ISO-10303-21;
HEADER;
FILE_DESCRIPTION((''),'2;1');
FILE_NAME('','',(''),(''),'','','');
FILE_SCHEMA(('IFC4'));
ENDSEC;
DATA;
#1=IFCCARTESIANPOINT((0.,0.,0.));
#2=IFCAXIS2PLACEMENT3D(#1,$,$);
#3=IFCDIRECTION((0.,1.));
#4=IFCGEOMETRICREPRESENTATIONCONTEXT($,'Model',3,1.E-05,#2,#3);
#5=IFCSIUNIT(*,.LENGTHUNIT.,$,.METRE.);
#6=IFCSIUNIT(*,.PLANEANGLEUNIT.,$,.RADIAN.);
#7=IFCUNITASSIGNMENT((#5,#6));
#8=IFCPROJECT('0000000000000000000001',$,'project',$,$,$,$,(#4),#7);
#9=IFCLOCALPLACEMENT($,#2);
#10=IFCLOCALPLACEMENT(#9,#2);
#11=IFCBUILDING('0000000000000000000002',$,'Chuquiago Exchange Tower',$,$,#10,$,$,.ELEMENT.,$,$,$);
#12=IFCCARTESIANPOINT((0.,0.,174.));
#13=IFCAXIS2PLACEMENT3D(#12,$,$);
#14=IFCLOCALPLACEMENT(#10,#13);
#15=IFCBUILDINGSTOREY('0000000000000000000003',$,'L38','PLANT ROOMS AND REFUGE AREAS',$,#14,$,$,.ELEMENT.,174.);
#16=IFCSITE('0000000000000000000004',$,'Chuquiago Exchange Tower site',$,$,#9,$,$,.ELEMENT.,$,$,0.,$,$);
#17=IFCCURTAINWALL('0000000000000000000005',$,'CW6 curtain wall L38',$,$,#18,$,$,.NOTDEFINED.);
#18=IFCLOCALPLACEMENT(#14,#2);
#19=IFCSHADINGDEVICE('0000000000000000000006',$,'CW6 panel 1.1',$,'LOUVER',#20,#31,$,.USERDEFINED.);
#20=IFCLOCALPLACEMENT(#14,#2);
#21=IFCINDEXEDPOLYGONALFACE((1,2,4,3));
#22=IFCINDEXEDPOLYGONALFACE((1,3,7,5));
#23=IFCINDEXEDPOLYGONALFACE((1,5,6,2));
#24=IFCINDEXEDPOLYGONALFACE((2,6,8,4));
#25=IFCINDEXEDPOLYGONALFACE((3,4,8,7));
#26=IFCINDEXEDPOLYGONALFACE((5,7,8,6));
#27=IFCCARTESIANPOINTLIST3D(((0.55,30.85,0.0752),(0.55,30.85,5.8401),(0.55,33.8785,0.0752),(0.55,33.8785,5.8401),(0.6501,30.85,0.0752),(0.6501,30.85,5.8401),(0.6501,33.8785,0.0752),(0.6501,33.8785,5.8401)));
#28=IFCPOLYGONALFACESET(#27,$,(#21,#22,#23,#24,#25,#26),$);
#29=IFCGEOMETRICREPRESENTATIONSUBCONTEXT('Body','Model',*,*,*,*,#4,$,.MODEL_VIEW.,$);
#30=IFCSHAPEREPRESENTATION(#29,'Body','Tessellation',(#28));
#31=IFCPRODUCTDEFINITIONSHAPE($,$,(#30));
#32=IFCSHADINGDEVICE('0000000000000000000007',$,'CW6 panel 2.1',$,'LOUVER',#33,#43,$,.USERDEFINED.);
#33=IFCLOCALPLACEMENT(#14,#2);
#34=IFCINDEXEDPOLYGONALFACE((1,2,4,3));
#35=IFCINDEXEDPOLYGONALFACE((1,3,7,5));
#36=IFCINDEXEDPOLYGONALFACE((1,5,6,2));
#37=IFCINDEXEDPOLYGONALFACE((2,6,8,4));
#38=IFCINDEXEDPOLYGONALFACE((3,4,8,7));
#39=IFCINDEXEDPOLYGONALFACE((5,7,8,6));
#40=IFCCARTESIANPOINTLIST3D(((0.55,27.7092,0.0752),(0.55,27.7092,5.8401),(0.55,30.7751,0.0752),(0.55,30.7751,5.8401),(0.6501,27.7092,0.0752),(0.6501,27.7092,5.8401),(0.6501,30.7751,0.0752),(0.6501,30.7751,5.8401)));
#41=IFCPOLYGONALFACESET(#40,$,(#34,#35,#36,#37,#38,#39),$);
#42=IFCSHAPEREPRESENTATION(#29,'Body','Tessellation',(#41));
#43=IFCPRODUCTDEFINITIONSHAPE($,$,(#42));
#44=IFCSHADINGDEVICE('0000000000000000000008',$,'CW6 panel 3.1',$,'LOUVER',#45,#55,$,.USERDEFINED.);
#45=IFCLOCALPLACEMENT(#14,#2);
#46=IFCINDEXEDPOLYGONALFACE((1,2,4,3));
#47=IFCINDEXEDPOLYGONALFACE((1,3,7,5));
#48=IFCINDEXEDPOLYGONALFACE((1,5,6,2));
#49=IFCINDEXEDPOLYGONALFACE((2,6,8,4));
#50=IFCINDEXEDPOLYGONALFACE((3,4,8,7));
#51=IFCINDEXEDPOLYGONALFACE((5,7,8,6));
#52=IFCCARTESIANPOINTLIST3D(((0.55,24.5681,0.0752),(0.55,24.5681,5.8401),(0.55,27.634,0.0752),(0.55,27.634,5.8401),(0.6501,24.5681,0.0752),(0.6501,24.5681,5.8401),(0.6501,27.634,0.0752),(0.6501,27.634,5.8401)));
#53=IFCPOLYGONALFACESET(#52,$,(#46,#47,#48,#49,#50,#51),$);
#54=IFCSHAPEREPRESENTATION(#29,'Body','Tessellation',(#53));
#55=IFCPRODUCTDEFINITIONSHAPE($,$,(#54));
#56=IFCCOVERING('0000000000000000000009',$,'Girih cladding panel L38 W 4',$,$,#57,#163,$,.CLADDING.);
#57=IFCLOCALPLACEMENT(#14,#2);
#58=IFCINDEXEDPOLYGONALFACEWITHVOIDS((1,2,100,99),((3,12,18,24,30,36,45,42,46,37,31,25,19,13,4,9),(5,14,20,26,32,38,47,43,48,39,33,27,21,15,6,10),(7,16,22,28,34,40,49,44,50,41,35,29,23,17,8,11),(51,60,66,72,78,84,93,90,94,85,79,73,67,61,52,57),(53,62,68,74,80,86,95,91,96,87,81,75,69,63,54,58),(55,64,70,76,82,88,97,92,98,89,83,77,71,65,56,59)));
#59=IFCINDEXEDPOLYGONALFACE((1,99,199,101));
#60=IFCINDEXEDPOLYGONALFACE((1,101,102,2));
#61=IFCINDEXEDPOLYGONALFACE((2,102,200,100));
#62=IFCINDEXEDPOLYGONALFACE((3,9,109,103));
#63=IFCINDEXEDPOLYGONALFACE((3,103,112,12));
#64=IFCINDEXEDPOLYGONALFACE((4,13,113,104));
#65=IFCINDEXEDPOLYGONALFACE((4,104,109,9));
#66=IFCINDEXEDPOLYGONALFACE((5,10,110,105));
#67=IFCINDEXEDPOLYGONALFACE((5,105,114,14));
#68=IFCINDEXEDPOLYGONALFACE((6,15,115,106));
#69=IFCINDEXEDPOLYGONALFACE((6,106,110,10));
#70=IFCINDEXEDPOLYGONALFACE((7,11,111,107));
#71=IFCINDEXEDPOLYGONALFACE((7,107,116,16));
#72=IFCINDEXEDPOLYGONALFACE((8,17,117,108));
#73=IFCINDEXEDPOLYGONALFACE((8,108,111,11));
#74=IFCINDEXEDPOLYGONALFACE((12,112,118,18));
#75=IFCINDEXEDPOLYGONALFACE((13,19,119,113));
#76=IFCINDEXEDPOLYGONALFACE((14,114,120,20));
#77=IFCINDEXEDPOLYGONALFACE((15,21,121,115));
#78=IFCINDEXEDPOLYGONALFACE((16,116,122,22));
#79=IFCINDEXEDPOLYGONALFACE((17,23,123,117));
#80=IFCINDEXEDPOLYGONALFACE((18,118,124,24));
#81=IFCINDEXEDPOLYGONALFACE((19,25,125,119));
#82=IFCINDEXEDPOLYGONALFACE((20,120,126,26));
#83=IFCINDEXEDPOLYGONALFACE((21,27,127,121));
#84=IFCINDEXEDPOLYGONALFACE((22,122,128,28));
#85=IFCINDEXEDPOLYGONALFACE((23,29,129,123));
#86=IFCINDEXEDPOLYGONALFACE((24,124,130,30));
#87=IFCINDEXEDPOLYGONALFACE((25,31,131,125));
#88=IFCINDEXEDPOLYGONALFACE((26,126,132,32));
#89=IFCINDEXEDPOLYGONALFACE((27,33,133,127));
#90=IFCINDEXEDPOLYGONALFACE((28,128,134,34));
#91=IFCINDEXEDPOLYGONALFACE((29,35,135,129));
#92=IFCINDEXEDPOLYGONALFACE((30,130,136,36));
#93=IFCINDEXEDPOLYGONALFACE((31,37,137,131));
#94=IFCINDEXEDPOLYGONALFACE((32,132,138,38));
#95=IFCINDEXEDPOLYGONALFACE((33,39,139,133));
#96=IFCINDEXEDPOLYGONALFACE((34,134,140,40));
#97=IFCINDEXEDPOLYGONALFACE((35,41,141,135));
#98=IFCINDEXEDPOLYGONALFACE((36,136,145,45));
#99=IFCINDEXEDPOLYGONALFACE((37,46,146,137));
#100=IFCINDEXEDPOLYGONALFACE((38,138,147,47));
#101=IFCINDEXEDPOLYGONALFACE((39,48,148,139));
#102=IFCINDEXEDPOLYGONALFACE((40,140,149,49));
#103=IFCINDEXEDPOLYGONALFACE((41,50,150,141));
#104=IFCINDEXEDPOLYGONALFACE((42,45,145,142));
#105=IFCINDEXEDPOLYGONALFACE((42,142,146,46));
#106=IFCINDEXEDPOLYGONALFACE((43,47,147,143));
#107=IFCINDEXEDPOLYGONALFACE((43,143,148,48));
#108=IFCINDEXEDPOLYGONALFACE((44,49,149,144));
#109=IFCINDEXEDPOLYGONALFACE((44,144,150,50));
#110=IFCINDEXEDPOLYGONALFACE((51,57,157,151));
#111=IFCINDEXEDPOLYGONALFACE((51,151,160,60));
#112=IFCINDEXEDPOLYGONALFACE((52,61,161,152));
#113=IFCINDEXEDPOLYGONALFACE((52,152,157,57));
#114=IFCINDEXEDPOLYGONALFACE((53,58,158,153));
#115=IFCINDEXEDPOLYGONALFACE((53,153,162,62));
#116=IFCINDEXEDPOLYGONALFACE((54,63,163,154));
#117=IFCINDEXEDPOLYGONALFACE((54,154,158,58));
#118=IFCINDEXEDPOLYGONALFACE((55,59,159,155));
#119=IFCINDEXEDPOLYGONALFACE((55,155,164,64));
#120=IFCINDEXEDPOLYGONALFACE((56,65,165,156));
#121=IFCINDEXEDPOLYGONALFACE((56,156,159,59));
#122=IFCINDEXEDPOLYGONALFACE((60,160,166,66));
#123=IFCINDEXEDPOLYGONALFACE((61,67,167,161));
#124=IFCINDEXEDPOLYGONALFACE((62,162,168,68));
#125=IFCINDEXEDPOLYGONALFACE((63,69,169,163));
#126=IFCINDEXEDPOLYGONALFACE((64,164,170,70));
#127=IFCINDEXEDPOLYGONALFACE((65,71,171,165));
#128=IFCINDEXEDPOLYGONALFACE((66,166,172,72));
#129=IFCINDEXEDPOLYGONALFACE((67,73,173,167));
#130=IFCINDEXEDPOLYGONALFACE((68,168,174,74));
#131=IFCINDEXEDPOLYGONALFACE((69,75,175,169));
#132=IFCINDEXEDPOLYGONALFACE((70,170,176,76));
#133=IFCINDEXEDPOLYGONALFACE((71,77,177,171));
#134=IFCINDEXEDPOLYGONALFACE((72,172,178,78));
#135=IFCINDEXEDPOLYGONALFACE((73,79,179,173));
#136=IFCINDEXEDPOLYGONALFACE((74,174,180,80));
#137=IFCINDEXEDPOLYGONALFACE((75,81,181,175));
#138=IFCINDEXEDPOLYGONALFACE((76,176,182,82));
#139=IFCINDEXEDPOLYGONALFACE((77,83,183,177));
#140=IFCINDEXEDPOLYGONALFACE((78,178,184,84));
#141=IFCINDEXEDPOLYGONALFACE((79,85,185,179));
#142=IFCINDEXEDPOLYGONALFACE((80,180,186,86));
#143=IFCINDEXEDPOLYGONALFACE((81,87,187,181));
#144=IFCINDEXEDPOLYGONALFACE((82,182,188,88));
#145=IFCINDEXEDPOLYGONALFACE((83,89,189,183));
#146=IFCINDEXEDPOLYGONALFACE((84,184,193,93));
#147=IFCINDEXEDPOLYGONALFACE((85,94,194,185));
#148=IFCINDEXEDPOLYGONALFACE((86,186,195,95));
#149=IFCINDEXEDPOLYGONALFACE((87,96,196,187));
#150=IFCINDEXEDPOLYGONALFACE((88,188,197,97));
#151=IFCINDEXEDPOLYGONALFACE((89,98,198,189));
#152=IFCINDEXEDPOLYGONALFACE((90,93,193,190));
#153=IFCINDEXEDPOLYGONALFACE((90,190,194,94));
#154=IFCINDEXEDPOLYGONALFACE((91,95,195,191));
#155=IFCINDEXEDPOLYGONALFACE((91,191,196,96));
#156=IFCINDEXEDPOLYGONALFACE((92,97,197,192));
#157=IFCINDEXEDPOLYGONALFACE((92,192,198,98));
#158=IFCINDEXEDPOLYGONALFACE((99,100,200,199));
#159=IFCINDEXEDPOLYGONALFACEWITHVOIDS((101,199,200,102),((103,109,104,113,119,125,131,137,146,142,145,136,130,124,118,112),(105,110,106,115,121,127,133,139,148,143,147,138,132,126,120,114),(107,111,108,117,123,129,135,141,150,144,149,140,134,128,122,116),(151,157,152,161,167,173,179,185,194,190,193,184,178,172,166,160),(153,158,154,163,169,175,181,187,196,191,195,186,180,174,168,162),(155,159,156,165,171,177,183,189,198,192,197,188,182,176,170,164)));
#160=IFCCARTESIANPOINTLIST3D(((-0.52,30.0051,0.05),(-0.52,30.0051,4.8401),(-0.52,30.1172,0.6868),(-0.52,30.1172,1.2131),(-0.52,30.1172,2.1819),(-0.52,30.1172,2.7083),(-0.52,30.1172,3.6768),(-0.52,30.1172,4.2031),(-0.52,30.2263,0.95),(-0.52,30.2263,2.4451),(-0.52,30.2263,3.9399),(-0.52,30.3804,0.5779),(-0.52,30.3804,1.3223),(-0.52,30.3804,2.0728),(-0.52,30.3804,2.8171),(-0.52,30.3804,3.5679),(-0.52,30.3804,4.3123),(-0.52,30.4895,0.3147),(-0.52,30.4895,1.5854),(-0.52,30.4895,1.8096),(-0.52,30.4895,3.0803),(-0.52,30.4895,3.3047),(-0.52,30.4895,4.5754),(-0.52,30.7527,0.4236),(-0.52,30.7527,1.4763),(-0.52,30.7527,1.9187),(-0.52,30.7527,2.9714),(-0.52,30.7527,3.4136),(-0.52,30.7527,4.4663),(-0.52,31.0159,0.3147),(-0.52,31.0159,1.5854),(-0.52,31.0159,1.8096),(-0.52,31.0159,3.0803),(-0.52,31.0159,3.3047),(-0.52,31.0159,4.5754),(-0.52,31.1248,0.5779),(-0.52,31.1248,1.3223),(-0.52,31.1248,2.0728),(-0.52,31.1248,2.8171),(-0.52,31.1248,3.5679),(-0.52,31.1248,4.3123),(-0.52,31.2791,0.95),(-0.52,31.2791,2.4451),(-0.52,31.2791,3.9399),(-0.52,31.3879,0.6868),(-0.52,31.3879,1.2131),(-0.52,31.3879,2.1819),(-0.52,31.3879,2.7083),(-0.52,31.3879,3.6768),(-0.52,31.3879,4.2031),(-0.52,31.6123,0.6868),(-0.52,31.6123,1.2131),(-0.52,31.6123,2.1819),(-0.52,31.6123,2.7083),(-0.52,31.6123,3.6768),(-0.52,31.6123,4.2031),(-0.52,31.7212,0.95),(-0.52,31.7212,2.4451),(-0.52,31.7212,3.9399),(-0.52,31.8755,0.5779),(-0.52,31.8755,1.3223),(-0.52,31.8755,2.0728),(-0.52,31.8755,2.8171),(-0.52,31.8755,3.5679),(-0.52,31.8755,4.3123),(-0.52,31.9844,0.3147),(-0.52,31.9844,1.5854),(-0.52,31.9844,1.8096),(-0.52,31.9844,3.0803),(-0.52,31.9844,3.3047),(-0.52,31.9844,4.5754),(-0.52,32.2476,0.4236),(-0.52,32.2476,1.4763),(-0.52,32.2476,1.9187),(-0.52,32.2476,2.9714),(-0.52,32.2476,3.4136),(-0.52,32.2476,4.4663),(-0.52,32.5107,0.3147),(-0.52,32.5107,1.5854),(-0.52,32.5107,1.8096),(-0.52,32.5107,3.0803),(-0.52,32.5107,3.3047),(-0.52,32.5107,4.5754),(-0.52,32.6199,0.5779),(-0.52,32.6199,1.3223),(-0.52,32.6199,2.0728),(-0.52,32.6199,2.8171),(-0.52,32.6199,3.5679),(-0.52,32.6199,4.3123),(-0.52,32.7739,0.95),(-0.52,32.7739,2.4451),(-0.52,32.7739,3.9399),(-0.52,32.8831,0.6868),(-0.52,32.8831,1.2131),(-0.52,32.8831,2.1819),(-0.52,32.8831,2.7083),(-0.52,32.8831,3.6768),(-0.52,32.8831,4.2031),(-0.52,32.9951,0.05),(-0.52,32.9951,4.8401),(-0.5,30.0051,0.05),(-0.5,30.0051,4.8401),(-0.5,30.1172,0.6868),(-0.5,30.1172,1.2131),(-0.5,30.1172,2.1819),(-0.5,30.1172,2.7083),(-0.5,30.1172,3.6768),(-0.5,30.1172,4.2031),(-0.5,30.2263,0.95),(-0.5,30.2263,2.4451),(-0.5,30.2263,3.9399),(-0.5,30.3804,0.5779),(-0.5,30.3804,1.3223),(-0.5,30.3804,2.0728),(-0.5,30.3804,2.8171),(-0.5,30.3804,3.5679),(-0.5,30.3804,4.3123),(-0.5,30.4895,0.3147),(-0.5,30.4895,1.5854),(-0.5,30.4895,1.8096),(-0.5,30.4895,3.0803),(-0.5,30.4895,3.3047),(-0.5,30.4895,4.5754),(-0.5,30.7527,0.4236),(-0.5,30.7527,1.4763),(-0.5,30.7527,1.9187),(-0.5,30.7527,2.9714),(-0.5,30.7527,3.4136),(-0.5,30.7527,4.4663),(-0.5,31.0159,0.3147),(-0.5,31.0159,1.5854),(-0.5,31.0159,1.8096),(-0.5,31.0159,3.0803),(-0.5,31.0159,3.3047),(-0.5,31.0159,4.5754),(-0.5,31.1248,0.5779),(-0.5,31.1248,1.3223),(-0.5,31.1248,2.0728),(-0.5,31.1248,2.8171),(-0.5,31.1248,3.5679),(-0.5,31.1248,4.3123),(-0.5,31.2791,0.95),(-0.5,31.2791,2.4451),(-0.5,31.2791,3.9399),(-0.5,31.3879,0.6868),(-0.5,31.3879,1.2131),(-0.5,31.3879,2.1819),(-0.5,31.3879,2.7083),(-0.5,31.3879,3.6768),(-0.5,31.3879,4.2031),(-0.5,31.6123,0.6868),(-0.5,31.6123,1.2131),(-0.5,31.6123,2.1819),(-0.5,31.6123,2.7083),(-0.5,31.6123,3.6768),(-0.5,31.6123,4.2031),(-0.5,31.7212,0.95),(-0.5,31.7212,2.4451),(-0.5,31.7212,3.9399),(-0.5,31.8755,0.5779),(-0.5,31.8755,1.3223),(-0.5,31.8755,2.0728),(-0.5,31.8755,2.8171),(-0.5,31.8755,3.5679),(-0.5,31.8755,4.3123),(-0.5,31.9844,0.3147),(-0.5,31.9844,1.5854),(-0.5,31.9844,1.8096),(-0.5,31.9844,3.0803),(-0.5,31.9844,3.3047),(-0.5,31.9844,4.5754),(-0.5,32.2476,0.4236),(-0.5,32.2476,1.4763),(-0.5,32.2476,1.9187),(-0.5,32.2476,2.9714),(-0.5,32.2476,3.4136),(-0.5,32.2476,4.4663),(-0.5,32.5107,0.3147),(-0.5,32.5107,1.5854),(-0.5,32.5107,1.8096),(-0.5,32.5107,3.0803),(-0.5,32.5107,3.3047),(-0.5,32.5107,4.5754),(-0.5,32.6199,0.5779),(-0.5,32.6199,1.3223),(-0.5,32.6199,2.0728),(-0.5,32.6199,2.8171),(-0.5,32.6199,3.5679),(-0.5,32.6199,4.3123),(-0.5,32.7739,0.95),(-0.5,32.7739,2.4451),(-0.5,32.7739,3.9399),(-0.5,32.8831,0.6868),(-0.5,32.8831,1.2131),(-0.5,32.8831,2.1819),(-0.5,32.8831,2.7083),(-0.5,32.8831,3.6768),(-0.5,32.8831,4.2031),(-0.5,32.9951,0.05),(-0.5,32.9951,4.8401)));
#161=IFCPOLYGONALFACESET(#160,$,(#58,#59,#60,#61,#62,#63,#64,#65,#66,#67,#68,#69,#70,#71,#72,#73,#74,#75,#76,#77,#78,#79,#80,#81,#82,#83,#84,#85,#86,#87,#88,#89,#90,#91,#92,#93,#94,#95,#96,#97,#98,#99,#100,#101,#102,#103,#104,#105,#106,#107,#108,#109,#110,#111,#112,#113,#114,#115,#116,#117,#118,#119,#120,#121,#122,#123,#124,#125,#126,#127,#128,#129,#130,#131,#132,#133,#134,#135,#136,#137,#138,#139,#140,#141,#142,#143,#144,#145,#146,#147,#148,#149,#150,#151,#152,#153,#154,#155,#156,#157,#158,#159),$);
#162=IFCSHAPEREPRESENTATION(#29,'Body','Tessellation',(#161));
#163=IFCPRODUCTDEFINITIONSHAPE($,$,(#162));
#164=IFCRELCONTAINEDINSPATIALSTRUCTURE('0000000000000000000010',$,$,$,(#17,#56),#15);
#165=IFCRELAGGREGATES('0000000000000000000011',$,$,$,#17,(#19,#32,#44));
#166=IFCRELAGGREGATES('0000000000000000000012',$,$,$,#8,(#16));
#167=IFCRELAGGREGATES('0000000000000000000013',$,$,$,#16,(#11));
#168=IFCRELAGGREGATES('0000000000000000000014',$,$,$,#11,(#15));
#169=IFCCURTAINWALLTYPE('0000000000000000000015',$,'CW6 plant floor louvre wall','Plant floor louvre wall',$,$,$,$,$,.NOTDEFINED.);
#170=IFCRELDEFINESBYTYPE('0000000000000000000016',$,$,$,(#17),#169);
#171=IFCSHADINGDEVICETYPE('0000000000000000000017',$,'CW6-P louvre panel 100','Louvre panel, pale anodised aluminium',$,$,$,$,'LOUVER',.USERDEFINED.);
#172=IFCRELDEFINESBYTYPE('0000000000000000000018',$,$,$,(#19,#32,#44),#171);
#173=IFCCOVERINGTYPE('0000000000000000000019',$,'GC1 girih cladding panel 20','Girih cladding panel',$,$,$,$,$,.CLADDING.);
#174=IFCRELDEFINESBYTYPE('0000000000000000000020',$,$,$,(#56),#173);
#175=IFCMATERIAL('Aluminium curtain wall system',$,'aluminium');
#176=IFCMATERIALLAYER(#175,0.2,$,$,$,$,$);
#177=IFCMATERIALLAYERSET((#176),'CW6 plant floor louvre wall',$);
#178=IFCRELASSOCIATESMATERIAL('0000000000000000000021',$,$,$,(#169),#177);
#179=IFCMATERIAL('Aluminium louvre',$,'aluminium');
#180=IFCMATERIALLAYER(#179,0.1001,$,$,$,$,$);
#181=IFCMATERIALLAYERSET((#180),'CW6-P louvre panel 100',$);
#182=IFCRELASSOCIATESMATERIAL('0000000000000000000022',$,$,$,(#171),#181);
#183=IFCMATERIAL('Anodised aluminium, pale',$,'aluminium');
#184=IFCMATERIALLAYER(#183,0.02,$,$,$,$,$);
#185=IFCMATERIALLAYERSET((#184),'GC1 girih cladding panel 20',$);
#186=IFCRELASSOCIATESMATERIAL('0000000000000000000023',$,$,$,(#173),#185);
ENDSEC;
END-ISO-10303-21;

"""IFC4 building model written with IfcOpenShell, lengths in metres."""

from ifc_helpers import new_model, si_unit, direction, frame, origin, origin_2d, place, context, subcontext, project, spatial, polyline, rectangle, outline, extrude, material, layer, layer_set, type_object, element, aggregate, save


model = new_model("IFC4")

# Units and contexts
model_context = context("Model", 3, precision=1e-05, world=origin(), true_north=direction((0.0, 1.0)))
body_context = subcontext(model_context, "Body", "Model", "MODEL_VIEW")
ifc_project = project(units=[si_unit("LENGTHUNIT", "METRE"), si_unit("PLANEANGLEUNIT", "RADIAN")], contexts=[model_context])

# Site, building, storey
site_placement = place(None, origin())
site = spatial("IfcSite", under=ifc_project, at=site_placement, Name="Chuquiago Exchange Tower site", CompositionType="ELEMENT", RefElevation=0.0)
building_placement = place(site_placement, origin())
building = spatial("IfcBuilding", under=site, at=building_placement, Name="Chuquiago Exchange Tower", CompositionType="ELEMENT")
storey_placement = place(building_placement, frame((0.0, 0.0, 174.0)))
storey = spatial("IfcBuildingStorey", under=building, at=storey_placement, Name="L38", Description="PLANT ROOMS AND REFUGE AREAS", CompositionType="ELEMENT", Elevation=174.0)

# Curtain wall
ifc_material_1 = material(Name="Aluminium curtain wall system", Category="aluminium")
ifc_layer_1 = layer(ifc_material_1, 0.2)
ifc_layer_set_1 = layer_set([ifc_layer_1], Name="CW6 plant floor louvre wall")
curtain_wall_type = type_object("IfcCurtainWallType", Name="CW6 plant floor louvre wall", Description="Plant floor louvre wall", PredefinedType="NOTDEFINED", material=ifc_layer_set_1)
curtain_wall_placement = place(storey_placement, origin())
curtain_wall = element("IfcCurtainWall", 1, at=curtain_wall_placement, inside=storey, type_object=curtain_wall_type, Name="CW6 curtain wall L38", PredefinedType="NOTDEFINED")

# Shading devices
ifc_material_2 = material(Name="Aluminium louvre", Category="aluminium")
ifc_layer_2 = layer(ifc_material_2, 0.1001)
ifc_layer_set_2 = layer_set([ifc_layer_2], Name="CW6-P louvre panel 100")
shading_device_type = type_object("IfcShadingDeviceType", Name="CW6-P louvre panel 100", Description="Louvre panel, pale anodised aluminium", ElementType="LOUVER", PredefinedType="USERDEFINED", material=ifc_layer_set_2)
shading_device_1_placement = place(storey_placement, frame((0.6001, 32.3643, 0.0752), z_axis=(0.0, 0.0, 1.0), x_axis=(0.0, -1.0, 0.0)))
shading_device_1 = element("IfcShadingDevice", 2, at=shading_device_1_placement, type_object=shading_device_type, Name="CW6 panel 1.1", ObjectType="LOUVER", PredefinedType="USERDEFINED", context=body_context, shape_type="SweptSolid", body=[
    extrude(rectangle(XDim=3.0286, YDim=0.1001, at=origin_2d()), origin(), (0.0, 0.0, 1.0), 5.7649),
])
shading_device_2_placement = place(storey_placement, frame((0.6001, 29.2422, 0.0752), z_axis=(0.0, 0.0, 1.0), x_axis=(0.0, -1.0, 0.0)))
shading_device_2 = element("IfcShadingDevice", 3, at=shading_device_2_placement, type_object=shading_device_type, Name="CW6 panel 2.1", ObjectType="LOUVER", PredefinedType="USERDEFINED", context=body_context, shape_type="SweptSolid", body=[
    extrude(rectangle(XDim=3.0659, YDim=0.1001, at=origin_2d()), origin(), (0.0, 0.0, 1.0), 5.7649),
])
shading_device_3_placement = place(storey_placement, frame((0.6001, 26.1011, 0.0752), z_axis=(0.0, 0.0, 1.0), x_axis=(0.0, -1.0, 0.0)))
shading_device_3 = element("IfcShadingDevice", 4, at=shading_device_3_placement, type_object=shading_device_type, Name="CW6 panel 3.1", ObjectType="LOUVER", PredefinedType="USERDEFINED", context=body_context, shape_type="SweptSolid", body=[
    extrude(rectangle(XDim=3.0659, YDim=0.1001, at=origin_2d()), origin(), (0.0, 0.0, 1.0), 5.7649),
])
aggregate(curtain_wall, [shading_device_1, shading_device_2, shading_device_3])

# Covering
ifc_material_3 = material(Name="Anodised aluminium, pale", Category="aluminium")
ifc_layer_3 = layer(ifc_material_3, 0.02)
ifc_layer_set_3 = layer_set([ifc_layer_3], Name="GC1 girih cladding panel 20")
covering_type = type_object("IfcCoveringType", Name="GC1 girih cladding panel 20", Description="Girih cladding panel", PredefinedType="CLADDING", material=ifc_layer_set_3)
covering_1_placement = place(storey_placement, frame((-0.5, 32.9951, 0.05), z_axis=(0.0, 0.0, 1.0), x_axis=(0.0, -1.0, 0.0)))
element("IfcCovering", 5, at=covering_1_placement, inside=storey, type_object=covering_type, Name="Girih cladding panel L38 W 4", PredefinedType="CLADDING", context=body_context, shape_type="SweptSolid", body=[
    extrude(outline(polyline([(0.0, 0.0), (2.99, 0.0), (2.99, 4.79), (0.0, 4.79), (0.0, 0.0)]), holes=[polyline([(1.2739, 0.8999), (1.3828, 1.1631), (1.1196, 1.2722), (1.0107, 1.5354), (0.7476, 1.4263), (0.4844, 1.5354), (0.3752, 1.2722), (0.1121, 1.1631), (0.2212, 0.8999), (0.1121, 0.6367), (0.3752, 0.5278), (0.4844, 0.2646), (0.7476, 0.3735), (1.0107, 0.2646), (1.1196, 0.5278), (1.3828, 0.6367), (1.2739, 0.8999)]), polyline([(2.7688, 0.8999), (2.8779, 1.1631), (2.6147, 1.2722), (2.5056, 1.5354), (2.2424, 1.4263), (1.9792, 1.5354), (1.8704, 1.2722), (1.6072, 1.1631), (1.7161, 0.8999), (1.6072, 0.6367), (1.8704, 0.5278), (1.9792, 0.2646), (2.2424, 0.3735), (2.5056, 0.2646), (2.6147, 0.5278), (2.8779, 0.6367), (2.7688, 0.8999)]), polyline([(1.2739, 2.395), (1.3828, 2.6582), (1.1196, 2.7671), (1.0107, 3.0303), (0.7476, 2.9214), (0.4844, 3.0303), (0.3752, 2.7671), (0.1121, 2.6582), (0.2212, 2.395), (0.1121, 2.1318), (0.3752, 2.0227), (0.4844, 1.7595), (0.7476, 1.8687), (1.0107, 1.7595), (1.1196, 2.0227), (1.3828, 2.1318), (1.2739, 2.395)]), polyline([(2.7688, 2.395), (2.8779, 2.6582), (2.6147, 2.7671), (2.5056, 3.0303), (2.2424, 2.9214), (1.9792, 3.0303), (1.8704, 2.7671), (1.6072, 2.6582), (1.7161, 2.395), (1.6072, 2.1318), (1.8704, 2.0227), (1.9792, 1.7595), (2.2424, 1.8687), (2.5056, 1.7595), (2.6147, 2.0227), (2.8779, 2.1318), (2.7688, 2.395)]), polyline([(1.2739, 3.8899), (1.3828, 4.1531), (1.1196, 4.2622), (1.0107, 4.5254), (0.7476, 4.4163), (0.4844, 4.5254), (0.3752, 4.2622), (0.1121, 4.1531), (0.2212, 3.8899), (0.1121, 3.6267), (0.3752, 3.5178), (0.4844, 3.2546), (0.7476, 3.3635), (1.0107, 3.2546), (1.1196, 3.5178), (1.3828, 3.6267), (1.2739, 3.8899)]), polyline([(2.7688, 3.8899), (2.8779, 4.1531), (2.6147, 4.2622), (2.5056, 4.5254), (2.2424, 4.4163), (1.9792, 4.5254), (1.8704, 4.2622), (1.6072, 4.1531), (1.7161, 3.8899), (1.6072, 3.6267), (1.8704, 3.5178), (1.9792, 3.2546), (2.2424, 3.3635), (2.5056, 3.2546), (2.6147, 3.5178), (2.8779, 3.6267), (2.7688, 3.8899)])]), frame((0.0, 0.0, 0.0), z_axis=(0.0, -1.0, 0.0), x_axis=(1.0, 0.0, 0.0)), (0.0, 0.0, 1.0), 0.02),
])

save(model, "model.ifc")
